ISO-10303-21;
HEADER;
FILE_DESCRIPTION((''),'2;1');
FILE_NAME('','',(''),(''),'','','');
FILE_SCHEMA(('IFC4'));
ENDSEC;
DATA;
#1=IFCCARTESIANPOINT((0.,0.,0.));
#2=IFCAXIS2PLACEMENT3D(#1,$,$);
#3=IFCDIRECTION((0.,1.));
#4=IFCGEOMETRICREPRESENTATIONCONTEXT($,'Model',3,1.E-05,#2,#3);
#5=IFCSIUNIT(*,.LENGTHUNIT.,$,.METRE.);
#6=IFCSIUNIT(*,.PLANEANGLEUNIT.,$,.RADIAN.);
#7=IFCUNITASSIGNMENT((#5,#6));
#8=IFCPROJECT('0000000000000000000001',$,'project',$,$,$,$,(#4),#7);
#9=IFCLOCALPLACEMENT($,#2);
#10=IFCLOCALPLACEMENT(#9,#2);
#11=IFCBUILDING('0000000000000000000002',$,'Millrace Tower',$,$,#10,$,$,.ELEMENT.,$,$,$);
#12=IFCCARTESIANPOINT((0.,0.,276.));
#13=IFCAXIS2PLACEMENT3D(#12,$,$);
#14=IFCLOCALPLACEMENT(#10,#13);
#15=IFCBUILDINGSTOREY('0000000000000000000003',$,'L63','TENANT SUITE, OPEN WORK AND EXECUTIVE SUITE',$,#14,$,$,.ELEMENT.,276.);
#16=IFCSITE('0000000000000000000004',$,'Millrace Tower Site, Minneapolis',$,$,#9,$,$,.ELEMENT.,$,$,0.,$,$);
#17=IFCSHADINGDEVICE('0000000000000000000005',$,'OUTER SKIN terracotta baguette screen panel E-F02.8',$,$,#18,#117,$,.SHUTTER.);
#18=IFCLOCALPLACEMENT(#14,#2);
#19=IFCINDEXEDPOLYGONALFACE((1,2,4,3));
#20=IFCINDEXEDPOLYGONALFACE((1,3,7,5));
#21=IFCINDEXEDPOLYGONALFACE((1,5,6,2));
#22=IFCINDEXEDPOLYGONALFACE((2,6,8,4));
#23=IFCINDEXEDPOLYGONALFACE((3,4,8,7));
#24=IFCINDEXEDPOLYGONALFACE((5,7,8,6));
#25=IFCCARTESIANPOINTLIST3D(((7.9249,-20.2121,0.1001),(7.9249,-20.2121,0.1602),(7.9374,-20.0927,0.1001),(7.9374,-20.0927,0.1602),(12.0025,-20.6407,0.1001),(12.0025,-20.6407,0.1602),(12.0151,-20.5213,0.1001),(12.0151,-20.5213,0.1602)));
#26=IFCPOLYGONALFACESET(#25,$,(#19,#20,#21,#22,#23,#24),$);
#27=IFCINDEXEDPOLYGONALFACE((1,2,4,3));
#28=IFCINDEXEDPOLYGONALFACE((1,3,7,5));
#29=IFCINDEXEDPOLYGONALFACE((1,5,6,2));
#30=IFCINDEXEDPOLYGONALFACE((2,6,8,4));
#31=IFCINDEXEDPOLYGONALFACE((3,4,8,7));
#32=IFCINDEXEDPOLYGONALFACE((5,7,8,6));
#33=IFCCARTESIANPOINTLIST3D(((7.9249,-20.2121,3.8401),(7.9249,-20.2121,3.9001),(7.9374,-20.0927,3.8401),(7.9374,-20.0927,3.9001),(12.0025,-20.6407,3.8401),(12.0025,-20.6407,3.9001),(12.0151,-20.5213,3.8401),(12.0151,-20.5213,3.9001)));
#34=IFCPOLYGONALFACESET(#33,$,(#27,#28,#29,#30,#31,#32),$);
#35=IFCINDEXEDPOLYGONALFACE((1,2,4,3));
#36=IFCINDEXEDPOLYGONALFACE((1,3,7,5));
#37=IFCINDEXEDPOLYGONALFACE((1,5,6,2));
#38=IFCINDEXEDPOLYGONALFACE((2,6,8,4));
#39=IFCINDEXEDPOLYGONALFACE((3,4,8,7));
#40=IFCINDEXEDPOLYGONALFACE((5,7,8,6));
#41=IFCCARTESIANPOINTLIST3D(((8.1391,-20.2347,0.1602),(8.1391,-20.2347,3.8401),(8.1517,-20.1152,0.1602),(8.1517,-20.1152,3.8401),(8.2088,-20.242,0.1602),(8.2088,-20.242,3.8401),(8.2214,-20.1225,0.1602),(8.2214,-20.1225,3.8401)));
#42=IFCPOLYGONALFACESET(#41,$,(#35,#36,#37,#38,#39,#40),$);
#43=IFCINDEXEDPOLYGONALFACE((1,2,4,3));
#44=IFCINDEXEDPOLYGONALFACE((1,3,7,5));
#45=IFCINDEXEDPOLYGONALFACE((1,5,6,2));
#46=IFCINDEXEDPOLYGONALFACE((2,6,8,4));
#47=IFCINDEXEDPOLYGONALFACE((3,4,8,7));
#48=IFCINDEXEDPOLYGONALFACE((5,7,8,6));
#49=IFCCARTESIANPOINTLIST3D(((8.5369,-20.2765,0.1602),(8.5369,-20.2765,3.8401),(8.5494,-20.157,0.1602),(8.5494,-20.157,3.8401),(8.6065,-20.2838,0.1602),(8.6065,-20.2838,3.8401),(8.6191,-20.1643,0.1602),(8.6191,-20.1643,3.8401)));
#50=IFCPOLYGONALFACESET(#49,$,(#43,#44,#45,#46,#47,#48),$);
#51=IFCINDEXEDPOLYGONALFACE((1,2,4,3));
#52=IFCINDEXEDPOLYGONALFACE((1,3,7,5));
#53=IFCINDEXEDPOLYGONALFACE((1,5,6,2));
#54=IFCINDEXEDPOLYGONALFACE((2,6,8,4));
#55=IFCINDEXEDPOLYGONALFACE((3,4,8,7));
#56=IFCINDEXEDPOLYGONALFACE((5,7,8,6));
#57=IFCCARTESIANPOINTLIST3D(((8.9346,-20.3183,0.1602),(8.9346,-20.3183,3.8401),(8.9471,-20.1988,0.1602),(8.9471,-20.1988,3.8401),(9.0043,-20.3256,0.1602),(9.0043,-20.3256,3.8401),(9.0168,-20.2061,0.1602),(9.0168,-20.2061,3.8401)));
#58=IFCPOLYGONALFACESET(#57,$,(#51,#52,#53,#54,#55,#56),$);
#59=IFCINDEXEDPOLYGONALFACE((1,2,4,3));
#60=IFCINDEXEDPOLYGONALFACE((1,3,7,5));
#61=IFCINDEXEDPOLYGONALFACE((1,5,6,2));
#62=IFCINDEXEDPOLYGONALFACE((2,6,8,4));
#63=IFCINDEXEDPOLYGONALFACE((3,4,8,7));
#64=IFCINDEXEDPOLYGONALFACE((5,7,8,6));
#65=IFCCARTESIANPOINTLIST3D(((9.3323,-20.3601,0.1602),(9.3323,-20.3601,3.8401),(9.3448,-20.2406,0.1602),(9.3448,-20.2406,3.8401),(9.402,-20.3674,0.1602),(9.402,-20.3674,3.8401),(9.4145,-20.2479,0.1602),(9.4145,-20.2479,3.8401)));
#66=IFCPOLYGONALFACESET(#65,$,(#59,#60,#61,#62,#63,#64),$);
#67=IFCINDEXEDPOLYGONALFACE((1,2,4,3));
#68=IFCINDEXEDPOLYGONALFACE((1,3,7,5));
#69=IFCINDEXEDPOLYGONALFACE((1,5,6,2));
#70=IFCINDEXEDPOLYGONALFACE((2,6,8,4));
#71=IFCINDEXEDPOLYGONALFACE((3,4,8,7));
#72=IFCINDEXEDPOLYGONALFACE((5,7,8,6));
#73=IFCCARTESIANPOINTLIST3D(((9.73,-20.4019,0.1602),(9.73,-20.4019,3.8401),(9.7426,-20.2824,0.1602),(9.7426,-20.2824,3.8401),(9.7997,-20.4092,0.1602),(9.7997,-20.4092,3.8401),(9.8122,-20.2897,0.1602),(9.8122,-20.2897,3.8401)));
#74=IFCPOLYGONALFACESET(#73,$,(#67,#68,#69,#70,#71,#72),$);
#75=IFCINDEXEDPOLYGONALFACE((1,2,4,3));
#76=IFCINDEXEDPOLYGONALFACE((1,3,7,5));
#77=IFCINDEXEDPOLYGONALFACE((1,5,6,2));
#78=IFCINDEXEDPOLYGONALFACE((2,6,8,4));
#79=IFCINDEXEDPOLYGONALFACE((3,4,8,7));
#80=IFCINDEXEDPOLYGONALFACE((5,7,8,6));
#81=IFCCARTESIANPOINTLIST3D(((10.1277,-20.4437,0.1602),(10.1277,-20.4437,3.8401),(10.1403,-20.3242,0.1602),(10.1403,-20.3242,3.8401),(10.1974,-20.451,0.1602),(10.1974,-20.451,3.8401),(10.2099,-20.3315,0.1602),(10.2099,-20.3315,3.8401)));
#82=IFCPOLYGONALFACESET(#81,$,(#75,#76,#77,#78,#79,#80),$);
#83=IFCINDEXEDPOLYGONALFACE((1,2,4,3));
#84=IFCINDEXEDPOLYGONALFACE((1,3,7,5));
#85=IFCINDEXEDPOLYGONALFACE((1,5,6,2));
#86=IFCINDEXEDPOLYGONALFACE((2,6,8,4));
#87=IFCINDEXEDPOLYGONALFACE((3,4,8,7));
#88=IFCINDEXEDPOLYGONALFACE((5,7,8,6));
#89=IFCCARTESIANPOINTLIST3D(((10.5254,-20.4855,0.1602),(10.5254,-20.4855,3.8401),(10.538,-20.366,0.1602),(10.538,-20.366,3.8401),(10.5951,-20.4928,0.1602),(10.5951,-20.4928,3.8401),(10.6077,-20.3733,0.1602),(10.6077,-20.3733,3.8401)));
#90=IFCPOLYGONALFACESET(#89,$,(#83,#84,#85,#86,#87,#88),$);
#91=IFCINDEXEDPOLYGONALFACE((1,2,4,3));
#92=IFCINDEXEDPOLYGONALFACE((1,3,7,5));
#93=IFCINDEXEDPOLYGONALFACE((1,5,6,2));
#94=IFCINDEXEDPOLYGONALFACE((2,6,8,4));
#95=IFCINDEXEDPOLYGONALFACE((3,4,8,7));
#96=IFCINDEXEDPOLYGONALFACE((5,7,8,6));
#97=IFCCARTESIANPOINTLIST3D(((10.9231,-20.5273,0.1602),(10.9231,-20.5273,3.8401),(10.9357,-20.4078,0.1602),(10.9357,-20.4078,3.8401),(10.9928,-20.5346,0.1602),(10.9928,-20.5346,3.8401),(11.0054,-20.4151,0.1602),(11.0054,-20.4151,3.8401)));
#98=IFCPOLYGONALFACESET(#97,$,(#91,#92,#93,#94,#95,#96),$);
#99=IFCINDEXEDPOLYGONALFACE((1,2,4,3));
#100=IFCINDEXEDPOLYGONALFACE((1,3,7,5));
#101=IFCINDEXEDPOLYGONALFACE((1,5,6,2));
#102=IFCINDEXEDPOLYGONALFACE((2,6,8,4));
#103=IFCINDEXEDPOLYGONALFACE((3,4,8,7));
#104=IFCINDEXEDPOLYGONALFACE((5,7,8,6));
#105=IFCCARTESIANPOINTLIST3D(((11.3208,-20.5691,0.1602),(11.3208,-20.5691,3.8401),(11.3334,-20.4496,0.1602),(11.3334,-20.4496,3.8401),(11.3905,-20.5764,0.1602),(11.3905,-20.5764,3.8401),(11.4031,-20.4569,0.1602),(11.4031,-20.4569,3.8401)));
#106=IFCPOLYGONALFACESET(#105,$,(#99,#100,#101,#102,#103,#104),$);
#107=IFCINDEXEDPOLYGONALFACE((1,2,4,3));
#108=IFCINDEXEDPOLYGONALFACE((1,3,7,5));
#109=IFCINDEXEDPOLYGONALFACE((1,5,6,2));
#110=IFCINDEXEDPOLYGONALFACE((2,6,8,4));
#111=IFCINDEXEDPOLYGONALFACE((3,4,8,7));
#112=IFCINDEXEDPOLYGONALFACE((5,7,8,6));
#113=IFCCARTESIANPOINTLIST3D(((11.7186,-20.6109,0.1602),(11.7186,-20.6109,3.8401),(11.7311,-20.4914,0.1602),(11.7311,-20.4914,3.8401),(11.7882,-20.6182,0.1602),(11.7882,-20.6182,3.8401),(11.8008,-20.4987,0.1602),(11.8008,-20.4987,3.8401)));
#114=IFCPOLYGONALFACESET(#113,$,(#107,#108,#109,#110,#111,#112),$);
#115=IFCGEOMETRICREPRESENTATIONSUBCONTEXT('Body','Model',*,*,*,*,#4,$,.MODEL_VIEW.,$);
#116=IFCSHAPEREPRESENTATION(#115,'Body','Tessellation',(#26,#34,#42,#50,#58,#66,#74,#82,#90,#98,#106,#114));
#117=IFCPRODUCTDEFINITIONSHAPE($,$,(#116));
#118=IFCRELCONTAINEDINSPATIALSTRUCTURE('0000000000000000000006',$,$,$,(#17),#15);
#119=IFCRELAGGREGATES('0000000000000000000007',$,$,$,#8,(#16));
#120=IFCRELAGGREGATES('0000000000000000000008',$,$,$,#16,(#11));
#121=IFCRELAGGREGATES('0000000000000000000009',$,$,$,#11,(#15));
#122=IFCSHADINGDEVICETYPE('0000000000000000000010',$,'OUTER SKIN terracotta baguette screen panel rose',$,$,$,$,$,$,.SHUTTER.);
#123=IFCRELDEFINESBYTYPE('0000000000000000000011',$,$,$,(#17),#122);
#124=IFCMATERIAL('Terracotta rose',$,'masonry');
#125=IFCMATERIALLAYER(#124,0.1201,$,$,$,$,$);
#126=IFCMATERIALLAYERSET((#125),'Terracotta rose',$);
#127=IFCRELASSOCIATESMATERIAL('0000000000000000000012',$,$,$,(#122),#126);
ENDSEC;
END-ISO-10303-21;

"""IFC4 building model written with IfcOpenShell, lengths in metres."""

from ifc_helpers import new_model, entity, si_unit, direction, frame, frame_2d, origin, place, context, subcontext, project, spatial, rectangle, extrude, source, transform, mapped, material, layer, layer_set, type_object, element, save


model = new_model("IFC4")

# Units and contexts
model_context = context("Model", 3, precision=1e-05, world=origin(), true_north=direction((0.0, 1.0)))
body_context = subcontext(model_context, "Body", "Model", "MODEL_VIEW")
ifc_project = project(units=[si_unit("LENGTHUNIT", "METRE"), si_unit("PLANEANGLEUNIT", "RADIAN")], contexts=[model_context])

# Site, building, storey
site_placement = place(None, origin())
site = spatial("IfcSite", under=ifc_project, at=site_placement, Name="Millrace Tower Site, Minneapolis", CompositionType="ELEMENT", RefElevation=0.0)
building_placement = place(site_placement, origin())
building = spatial("IfcBuilding", under=site, at=building_placement, Name="Millrace Tower", CompositionType="ELEMENT")
storey_placement = place(building_placement, frame((0.0, 0.0, 276.0)))
storey = spatial("IfcBuildingStorey", under=building, at=storey_placement, Name="L63", Description="TENANT SUITE, OPEN WORK AND EXECUTIVE SUITE", CompositionType="ELEMENT", Elevation=276.0)

# Shading device
ifc_material_1 = material(Name="Terracotta rose", Category="masonry")
ifc_layer_1 = layer(ifc_material_1, 0.1201)
ifc_layer_set_1 = layer_set([ifc_layer_1], Name="Terracotta rose")
shading_device_type = type_object("IfcShadingDeviceType", Name="OUTER SKIN terracotta baguette screen panel rose", PredefinedType="SHUTTER", material=ifc_layer_set_1)
cartesian_point = entity("IfcCartesianPoint", [-2.05, 0.0601])
shared_polyline = entity("IfcPolyline", [cartesian_point, entity("IfcCartesianPoint", [2.05, 0.0601]), entity("IfcCartesianPoint", [2.05, -0.0601]), entity("IfcCartesianPoint", [-2.05, -0.0601]), cartesian_point])
shared_shape = source(origin(), body_context, "Body", "SweptSolid", [
    entity("IfcExtrudedAreaSolid", entity("IfcArbitraryClosedProfileDef", "AREA", None, shared_polyline), entity("IfcAxis2Placement3D", entity("IfcCartesianPoint", [0.0, 0.0, 0.0])), entity("IfcDirection", [0.0, 0.0, 1.0]), 0.0601),
    entity("IfcExtrudedAreaSolid", entity("IfcArbitraryClosedProfileDef", "AREA", None, shared_polyline), entity("IfcAxis2Placement3D", entity("IfcCartesianPoint", [0.0, 0.0, 3.74])), entity("IfcDirection", [0.0, 0.0, 1.0]), 0.0601),
    extrude(rectangle(XDim=0.0701, YDim=0.1201, at=frame_2d((-1.7996, 0.0))), frame((0.0, 0.0, 0.0601)), (0.0, 0.0, 1.0), 3.6799),
    extrude(rectangle(XDim=0.0701, YDim=0.1201, at=frame_2d((-1.3997, 0.0))), frame((0.0, 0.0, 0.0601)), (0.0, 0.0, 1.0), 3.6799),
    extrude(rectangle(XDim=0.0701, YDim=0.1201, at=frame_2d((-0.9998, 0.0))), frame((0.0, 0.0, 0.0601)), (0.0, 0.0, 1.0), 3.6799),
    extrude(rectangle(XDim=0.0701, YDim=0.1201, at=frame_2d((-0.5999, 0.0))), frame((0.0, 0.0, 0.0601)), (0.0, 0.0, 1.0), 3.6799),
    extrude(rectangle(XDim=0.0701, YDim=0.1201, at=frame_2d((-0.2, 0.0))), frame((0.0, 0.0, 0.0601)), (0.0, 0.0, 1.0), 3.6799),
    extrude(rectangle(XDim=0.0701, YDim=0.1201, at=frame_2d((0.2, 0.0))), frame((0.0, 0.0, 0.0601)), (0.0, 0.0, 1.0), 3.6799),
    extrude(rectangle(XDim=0.0701, YDim=0.1201, at=frame_2d((0.5999, 0.0))), frame((0.0, 0.0, 0.0601)), (0.0, 0.0, 1.0), 3.6799),
    extrude(rectangle(XDim=0.0701, YDim=0.1201, at=frame_2d((0.9998, 0.0))), frame((0.0, 0.0, 0.0601)), (0.0, 0.0, 1.0), 3.6799),
    extrude(rectangle(XDim=0.0701, YDim=0.1201, at=frame_2d((1.3997, 0.0))), frame((0.0, 0.0, 0.0601)), (0.0, 0.0, 1.0), 3.6799),
    extrude(rectangle(XDim=0.0701, YDim=0.1201, at=frame_2d((1.7996, 0.0))), frame((0.0, 0.0, 0.0601)), (0.0, 0.0, 1.0), 3.6799),
])
for number, where, z_axis, x_axis, name in (
    (1, (9.97, -20.3667, 0.1001), (0.0, 0.0, 1.0), (0.994522, -0.104528, 0.0), "OUTER SKIN terracotta baguette screen panel E-F02.8"),
):
    element("IfcShadingDevice", number, at=place(storey_placement, frame(where, z_axis=z_axis, x_axis=x_axis)), inside=storey, type_object=shading_device_type, Name=name, PredefinedType="SHUTTER", context=body_context, shape_type="MappedRepresentation", body=[
        mapped(shared_shape, transform((0.0, 0.0, 0.0), scale=1.0)),
    ])

save(model, "model.ifc")
